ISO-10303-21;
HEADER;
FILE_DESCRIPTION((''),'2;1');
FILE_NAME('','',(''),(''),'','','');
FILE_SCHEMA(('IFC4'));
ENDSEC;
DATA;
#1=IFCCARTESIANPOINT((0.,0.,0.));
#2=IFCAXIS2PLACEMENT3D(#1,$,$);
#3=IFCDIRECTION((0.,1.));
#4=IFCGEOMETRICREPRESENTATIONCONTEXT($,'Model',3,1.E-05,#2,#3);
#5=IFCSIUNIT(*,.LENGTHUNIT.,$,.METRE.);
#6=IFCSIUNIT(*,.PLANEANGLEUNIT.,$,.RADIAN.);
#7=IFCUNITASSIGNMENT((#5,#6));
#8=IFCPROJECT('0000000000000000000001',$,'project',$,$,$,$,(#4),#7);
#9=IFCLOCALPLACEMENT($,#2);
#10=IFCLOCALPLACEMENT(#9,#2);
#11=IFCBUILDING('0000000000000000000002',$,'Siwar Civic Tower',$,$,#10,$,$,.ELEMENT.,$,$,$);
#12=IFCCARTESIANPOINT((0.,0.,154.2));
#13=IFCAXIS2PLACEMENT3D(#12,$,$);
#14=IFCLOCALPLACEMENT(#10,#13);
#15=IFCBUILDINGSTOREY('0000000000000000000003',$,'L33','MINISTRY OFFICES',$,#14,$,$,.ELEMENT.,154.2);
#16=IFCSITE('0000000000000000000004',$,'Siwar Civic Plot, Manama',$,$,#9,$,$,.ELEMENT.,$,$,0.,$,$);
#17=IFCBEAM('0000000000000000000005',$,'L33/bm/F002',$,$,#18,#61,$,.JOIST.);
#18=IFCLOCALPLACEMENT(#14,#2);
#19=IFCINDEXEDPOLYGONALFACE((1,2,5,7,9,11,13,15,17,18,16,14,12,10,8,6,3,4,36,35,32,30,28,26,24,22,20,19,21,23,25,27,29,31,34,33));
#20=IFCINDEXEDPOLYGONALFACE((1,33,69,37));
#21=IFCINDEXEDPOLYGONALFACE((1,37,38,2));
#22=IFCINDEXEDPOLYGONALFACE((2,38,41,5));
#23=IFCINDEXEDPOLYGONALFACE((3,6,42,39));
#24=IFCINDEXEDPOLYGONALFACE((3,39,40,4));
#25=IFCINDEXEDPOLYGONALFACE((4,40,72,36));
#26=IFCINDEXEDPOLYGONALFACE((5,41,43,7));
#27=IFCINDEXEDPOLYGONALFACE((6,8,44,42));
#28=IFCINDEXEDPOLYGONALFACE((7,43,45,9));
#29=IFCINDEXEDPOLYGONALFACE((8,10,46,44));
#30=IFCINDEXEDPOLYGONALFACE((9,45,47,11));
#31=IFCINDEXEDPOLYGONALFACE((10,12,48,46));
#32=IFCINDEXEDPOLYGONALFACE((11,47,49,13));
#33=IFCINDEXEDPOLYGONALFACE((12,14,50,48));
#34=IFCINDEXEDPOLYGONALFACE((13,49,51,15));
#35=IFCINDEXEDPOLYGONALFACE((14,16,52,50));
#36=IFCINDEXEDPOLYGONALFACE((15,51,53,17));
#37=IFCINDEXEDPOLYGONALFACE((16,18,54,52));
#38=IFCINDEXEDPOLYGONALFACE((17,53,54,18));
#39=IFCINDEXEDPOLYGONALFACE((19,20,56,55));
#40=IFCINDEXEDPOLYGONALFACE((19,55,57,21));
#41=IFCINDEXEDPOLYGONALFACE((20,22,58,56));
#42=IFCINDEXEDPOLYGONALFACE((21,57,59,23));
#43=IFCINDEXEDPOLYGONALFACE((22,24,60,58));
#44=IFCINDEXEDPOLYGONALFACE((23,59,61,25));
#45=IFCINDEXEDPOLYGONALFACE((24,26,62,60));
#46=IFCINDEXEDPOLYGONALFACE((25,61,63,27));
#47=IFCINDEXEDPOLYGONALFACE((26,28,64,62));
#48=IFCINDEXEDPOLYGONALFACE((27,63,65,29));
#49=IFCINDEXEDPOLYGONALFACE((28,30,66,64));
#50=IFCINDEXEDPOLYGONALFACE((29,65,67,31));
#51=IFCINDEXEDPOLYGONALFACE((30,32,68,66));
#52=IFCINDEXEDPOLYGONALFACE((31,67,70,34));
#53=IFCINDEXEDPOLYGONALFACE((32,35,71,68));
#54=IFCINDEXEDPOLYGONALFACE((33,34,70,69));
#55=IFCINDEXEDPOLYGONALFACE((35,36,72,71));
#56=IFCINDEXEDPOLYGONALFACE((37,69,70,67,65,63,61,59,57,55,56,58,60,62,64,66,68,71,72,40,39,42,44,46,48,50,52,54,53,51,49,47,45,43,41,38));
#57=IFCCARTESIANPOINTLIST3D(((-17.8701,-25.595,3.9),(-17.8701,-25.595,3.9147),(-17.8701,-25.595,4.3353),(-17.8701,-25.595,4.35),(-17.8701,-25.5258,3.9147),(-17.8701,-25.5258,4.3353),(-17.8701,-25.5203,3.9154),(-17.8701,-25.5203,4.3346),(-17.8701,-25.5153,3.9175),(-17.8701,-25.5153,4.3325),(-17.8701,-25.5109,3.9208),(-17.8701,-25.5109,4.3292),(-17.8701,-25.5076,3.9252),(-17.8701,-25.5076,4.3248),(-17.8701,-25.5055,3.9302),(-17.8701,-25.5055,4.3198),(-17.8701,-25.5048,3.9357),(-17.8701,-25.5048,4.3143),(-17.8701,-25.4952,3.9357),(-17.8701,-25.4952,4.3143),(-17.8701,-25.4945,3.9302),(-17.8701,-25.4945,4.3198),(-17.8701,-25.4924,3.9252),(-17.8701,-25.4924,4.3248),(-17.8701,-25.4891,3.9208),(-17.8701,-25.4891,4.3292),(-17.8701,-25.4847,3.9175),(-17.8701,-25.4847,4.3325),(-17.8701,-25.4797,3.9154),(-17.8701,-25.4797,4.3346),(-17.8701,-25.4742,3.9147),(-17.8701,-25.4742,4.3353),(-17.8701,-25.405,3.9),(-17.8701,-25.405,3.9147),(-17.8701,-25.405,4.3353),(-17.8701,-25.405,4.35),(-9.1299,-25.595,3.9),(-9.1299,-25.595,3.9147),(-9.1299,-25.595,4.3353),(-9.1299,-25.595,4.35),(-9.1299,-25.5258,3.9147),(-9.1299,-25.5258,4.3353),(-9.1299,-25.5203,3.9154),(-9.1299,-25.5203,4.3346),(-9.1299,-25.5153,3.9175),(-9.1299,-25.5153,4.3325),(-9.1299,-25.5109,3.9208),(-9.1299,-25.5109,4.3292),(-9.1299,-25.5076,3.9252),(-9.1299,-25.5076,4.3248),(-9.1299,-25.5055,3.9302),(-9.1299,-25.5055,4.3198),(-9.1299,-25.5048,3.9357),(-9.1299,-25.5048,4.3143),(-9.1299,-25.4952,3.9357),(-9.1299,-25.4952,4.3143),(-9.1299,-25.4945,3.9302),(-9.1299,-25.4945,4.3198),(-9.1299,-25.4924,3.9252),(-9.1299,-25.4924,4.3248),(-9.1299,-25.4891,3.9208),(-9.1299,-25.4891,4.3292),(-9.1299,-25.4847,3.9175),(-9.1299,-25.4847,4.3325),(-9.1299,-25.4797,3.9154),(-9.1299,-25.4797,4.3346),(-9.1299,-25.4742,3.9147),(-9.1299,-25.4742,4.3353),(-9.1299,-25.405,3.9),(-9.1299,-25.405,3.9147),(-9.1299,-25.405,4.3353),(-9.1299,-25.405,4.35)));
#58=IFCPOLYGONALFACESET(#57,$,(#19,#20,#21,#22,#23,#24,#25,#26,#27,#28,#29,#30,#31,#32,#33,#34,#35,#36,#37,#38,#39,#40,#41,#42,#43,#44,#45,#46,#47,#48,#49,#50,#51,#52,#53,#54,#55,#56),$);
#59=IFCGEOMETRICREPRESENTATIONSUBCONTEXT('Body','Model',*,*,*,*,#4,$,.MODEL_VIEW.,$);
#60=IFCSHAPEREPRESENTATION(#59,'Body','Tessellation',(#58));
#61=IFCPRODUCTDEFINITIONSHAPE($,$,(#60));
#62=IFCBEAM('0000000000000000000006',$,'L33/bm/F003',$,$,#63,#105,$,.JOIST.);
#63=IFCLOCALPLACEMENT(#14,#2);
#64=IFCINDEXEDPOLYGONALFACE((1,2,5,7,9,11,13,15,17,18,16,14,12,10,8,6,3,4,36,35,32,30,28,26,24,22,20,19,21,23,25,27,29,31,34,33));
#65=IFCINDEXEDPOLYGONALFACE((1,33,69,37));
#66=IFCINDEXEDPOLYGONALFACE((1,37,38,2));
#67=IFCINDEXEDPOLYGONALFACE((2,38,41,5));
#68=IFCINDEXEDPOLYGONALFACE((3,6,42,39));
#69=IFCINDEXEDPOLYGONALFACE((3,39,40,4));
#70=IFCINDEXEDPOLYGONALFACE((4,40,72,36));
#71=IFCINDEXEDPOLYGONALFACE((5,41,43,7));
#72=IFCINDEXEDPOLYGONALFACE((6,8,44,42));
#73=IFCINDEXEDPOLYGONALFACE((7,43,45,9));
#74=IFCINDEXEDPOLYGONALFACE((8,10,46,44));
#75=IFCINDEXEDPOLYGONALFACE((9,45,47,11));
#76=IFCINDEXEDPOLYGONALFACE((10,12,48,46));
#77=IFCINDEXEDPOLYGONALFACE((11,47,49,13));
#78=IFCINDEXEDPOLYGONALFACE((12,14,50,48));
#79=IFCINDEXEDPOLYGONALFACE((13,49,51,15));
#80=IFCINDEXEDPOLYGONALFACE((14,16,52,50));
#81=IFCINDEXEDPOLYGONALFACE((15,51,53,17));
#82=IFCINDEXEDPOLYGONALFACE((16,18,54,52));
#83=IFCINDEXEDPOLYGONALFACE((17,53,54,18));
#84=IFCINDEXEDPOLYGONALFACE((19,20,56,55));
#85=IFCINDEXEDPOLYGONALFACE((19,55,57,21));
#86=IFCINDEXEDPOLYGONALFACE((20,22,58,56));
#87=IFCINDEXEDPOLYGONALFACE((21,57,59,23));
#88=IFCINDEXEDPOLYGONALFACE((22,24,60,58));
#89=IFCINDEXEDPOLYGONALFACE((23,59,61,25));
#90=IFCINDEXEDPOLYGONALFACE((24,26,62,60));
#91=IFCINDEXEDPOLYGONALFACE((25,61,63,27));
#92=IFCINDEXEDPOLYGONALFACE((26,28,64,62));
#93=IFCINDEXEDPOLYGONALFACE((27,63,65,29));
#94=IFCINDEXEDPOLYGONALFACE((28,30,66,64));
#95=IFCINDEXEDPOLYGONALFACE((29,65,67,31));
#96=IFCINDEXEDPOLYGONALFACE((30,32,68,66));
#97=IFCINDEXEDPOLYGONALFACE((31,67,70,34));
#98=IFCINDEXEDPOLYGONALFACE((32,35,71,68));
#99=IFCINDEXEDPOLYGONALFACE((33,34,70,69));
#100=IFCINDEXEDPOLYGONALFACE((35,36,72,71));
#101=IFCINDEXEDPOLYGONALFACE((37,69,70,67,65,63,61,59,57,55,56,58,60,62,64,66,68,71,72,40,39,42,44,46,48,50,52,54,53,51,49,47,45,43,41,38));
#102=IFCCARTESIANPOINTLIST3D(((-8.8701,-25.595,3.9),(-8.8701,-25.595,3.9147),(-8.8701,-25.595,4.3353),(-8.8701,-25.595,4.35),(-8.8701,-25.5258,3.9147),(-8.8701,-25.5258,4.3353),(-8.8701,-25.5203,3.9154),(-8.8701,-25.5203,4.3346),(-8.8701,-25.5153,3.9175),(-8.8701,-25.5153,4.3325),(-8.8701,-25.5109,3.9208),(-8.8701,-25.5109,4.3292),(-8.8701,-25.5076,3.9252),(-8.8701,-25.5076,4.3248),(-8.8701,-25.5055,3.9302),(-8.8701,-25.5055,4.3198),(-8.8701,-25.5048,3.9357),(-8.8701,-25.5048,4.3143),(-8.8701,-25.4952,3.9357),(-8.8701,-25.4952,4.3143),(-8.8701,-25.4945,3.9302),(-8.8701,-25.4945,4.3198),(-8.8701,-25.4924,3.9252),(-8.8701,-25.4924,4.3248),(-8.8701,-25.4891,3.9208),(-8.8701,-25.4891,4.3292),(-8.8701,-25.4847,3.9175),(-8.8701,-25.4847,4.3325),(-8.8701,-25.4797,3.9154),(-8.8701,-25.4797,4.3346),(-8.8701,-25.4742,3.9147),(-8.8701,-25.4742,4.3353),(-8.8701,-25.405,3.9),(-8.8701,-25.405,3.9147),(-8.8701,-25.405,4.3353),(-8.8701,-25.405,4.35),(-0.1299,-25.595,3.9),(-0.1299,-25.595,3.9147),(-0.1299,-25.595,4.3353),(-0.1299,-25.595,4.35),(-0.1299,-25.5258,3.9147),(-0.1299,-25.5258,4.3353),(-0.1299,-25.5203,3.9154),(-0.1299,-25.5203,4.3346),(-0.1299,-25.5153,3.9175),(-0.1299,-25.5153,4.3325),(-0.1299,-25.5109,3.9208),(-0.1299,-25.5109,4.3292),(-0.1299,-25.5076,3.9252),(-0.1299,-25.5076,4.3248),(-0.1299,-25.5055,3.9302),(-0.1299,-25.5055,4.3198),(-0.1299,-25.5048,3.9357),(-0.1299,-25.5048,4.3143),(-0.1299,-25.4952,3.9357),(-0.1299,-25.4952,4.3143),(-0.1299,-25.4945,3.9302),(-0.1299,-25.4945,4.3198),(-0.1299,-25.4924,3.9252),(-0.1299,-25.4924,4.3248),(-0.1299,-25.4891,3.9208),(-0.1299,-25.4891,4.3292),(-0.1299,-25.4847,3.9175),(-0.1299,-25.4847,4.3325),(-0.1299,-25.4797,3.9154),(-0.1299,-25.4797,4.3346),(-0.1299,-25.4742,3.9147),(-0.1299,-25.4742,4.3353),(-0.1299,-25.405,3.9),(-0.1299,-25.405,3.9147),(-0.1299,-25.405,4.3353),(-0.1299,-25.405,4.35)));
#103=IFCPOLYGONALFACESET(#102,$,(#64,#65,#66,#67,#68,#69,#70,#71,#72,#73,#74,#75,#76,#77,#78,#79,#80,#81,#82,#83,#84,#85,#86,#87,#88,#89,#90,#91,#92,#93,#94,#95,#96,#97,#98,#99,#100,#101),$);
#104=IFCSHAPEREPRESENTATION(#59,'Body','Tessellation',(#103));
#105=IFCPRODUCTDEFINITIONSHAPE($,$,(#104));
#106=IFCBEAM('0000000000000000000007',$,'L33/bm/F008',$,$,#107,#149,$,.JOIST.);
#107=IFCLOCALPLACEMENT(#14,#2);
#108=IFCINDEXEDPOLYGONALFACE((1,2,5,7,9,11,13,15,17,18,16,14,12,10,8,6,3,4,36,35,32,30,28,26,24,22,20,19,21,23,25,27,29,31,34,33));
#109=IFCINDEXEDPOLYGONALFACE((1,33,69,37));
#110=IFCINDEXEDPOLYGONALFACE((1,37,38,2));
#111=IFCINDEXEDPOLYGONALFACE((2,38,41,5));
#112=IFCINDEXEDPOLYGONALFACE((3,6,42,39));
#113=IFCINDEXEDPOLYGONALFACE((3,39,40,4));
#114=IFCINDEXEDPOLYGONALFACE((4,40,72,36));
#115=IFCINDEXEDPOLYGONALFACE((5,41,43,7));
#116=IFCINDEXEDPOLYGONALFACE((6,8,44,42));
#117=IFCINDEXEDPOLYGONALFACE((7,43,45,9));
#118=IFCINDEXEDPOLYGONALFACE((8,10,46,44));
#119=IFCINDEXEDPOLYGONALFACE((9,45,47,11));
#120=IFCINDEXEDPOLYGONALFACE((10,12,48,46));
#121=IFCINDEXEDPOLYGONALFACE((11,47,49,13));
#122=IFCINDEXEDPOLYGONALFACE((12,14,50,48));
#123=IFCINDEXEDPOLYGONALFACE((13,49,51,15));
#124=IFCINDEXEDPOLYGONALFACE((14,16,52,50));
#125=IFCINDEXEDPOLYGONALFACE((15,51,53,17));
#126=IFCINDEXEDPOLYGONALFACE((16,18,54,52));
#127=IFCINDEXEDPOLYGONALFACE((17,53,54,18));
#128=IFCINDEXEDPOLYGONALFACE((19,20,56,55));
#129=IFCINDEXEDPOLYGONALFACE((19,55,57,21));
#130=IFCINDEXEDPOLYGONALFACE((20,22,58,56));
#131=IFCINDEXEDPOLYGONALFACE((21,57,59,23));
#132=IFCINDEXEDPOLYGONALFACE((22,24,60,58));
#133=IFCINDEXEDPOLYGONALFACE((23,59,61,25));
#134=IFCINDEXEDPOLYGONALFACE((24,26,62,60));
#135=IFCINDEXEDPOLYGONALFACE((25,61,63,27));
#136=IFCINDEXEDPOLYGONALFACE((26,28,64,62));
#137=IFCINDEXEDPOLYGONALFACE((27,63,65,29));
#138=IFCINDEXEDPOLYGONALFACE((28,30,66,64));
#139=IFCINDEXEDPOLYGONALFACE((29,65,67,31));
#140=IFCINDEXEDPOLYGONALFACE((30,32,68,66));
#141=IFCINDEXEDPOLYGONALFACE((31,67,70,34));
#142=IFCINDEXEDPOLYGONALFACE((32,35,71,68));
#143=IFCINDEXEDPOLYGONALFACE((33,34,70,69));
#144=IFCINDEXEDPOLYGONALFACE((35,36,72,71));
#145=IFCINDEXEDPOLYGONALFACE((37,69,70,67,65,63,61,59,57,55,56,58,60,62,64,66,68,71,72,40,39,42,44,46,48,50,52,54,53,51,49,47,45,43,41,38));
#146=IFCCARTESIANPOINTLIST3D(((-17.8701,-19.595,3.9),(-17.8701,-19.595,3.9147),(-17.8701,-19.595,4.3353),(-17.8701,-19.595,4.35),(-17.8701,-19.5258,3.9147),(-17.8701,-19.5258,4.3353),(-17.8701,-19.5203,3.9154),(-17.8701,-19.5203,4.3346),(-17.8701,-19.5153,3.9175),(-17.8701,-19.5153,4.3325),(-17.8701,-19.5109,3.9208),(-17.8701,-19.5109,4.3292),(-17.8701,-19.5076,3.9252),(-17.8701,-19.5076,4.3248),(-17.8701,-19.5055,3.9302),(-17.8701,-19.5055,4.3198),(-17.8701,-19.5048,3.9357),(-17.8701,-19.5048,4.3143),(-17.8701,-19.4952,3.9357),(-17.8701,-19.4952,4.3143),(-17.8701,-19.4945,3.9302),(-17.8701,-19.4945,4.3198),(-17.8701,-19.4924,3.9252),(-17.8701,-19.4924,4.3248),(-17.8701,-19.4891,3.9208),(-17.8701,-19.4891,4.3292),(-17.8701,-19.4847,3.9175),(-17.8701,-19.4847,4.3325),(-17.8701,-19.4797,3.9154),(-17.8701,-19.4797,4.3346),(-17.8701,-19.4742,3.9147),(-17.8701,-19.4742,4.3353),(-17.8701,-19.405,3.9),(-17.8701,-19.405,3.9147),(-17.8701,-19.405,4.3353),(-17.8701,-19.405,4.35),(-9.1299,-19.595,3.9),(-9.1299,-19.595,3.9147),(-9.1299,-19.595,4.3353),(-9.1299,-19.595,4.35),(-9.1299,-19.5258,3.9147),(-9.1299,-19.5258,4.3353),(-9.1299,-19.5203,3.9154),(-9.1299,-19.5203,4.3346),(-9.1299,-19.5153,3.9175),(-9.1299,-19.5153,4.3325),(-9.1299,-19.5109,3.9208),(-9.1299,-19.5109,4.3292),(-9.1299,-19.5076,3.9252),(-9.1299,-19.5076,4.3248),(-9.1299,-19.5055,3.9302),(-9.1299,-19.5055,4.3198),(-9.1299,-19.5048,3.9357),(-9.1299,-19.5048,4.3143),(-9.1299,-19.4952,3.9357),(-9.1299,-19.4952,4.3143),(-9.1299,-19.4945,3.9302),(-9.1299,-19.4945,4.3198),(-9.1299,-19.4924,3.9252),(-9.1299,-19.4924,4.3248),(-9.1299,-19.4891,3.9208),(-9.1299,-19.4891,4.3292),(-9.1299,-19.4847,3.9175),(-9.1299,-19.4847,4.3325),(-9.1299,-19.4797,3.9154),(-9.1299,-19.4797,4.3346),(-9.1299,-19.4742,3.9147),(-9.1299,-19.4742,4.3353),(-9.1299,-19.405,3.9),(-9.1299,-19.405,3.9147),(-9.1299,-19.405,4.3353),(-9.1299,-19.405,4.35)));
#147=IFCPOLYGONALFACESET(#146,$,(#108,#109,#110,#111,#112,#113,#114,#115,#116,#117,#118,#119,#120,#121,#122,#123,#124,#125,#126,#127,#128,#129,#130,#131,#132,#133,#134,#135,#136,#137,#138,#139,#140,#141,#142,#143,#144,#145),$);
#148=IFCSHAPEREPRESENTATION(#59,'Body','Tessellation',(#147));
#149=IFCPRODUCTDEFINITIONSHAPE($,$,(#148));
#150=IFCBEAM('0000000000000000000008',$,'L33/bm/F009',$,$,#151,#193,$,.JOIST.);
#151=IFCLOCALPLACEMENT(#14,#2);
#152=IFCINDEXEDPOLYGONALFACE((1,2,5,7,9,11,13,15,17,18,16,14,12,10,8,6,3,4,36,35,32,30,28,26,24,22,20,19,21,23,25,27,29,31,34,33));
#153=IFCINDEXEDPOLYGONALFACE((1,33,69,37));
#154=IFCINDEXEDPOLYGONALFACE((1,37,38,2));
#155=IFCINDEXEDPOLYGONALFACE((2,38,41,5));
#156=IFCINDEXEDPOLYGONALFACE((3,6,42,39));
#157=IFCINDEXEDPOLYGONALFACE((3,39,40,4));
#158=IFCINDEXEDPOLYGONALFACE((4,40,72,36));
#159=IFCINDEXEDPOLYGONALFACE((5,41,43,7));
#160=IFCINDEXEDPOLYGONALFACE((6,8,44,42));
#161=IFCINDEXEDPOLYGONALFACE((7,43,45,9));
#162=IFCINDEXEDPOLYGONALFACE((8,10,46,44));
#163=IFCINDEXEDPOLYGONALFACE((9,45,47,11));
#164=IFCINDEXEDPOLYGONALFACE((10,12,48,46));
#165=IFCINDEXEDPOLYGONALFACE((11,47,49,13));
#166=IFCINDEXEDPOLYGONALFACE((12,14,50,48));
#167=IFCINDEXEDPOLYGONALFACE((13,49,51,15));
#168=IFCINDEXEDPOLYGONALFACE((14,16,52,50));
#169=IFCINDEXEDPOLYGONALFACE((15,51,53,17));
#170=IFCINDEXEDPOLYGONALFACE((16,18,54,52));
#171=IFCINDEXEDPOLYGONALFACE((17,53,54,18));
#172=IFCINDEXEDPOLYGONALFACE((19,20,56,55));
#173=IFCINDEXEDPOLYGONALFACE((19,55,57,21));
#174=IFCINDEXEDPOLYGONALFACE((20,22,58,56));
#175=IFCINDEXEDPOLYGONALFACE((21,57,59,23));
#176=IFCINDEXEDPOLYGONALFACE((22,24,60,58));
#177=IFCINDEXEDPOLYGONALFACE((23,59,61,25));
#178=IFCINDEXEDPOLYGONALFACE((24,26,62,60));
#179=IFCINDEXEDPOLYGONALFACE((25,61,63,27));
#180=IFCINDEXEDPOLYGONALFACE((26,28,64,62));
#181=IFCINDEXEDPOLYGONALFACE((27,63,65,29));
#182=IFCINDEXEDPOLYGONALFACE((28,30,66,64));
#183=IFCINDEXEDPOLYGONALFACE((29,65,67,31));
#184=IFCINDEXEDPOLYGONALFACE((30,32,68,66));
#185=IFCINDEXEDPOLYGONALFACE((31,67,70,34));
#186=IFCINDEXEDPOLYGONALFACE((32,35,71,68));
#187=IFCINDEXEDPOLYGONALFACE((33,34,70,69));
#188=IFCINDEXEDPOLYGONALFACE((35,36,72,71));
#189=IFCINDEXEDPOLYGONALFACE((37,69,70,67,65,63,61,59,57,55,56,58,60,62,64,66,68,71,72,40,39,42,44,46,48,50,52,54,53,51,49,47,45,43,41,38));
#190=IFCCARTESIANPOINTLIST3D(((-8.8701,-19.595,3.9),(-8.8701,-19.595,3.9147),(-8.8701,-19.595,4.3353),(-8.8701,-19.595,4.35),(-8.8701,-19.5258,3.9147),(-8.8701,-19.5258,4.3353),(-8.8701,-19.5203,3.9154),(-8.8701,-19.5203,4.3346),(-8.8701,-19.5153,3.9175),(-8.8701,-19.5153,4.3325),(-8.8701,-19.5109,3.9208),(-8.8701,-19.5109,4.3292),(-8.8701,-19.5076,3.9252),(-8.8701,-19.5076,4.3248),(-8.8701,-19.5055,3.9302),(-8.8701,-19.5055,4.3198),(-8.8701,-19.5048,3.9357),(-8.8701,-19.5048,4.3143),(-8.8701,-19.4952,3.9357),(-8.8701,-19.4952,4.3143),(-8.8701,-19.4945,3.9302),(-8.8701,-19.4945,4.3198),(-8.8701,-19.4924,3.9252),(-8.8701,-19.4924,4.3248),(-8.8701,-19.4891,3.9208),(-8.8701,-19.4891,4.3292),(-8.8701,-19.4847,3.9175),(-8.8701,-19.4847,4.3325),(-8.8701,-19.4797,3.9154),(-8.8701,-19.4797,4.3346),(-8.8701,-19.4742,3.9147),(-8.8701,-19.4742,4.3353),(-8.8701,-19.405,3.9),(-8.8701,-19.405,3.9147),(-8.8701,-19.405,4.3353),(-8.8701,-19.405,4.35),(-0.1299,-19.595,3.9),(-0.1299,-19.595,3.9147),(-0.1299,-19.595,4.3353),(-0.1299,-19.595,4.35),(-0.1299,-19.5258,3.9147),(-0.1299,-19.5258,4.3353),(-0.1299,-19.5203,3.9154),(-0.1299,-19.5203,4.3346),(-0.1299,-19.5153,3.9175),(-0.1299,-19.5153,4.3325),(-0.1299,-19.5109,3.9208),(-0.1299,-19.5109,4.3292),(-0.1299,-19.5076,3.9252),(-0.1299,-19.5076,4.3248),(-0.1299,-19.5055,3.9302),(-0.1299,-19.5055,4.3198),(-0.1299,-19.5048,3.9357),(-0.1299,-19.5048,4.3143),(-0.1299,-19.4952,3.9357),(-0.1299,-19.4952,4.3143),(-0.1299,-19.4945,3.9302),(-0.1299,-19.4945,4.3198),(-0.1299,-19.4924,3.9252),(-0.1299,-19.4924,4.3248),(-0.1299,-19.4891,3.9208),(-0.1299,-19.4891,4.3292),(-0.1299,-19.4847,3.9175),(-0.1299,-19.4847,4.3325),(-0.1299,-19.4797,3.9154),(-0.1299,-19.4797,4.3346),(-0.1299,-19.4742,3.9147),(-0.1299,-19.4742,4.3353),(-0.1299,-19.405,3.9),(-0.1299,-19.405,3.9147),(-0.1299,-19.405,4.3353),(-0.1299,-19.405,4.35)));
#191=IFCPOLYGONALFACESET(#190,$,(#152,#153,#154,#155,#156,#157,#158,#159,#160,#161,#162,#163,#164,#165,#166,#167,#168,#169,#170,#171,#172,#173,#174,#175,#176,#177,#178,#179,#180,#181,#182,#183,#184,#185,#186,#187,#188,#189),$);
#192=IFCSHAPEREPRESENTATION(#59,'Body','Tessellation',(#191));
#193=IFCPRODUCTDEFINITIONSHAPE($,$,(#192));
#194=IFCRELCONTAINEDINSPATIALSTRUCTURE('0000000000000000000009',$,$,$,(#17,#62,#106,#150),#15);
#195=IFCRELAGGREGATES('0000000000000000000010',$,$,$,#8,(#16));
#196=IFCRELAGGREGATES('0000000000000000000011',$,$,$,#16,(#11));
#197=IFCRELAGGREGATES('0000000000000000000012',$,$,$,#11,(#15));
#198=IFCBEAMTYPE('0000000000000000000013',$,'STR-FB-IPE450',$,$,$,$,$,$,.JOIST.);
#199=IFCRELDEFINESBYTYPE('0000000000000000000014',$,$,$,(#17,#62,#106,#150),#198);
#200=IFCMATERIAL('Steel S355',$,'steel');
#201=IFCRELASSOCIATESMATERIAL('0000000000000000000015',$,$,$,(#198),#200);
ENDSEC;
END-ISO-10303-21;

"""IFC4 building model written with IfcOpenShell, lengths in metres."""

from ifc_helpers import new_model, si_unit, direction, frame, origin, origin_2d, place, context, subcontext, project, spatial, i_section, extrude, material, material_profile, profile_set, type_object, element, save


model = new_model("IFC4")

# Units and contexts
model_context = context("Model", 3, precision=1e-05, world=origin(), true_north=direction((0.0, 1.0)))
body_context = subcontext(model_context, "Body", "Model", "MODEL_VIEW")
ifc_project = project(units=[si_unit("LENGTHUNIT", "METRE"), si_unit("PLANEANGLEUNIT", "RADIAN")], contexts=[model_context])

# Site, building, storey
site_placement = place(None, origin())
site = spatial("IfcSite", under=ifc_project, at=site_placement, Name="Siwar Civic Plot, Manama", CompositionType="ELEMENT", RefElevation=0.0)
building_placement = place(site_placement, origin())
building = spatial("IfcBuilding", under=site, at=building_placement, Name="Siwar Civic Tower", CompositionType="ELEMENT")
storey_placement = place(building_placement, frame((0.0, 0.0, 154.2)))
storey = spatial("IfcBuildingStorey", under=building, at=storey_placement, Name="L33", Description="MINISTRY OFFICES", CompositionType="ELEMENT", Elevation=154.2)

# Beams
ifc_material_1 = material(Name="Steel S355", Category="steel")
ifc_material_profile_1 = material_profile(ifc_material_1, i_section(OverallWidth=0.1899, OverallDepth=0.45, WebThickness=0.0095, FlangeThickness=0.0146, FilletRadius=0.021, at=origin_2d()), Name="IPE450")
ifc_profile_set_1 = profile_set([ifc_material_profile_1], Name="Steel S355")
beam_type_1 = type_object("IfcBeamType", Name="STR-FB-IPE450", PredefinedType="JOIST", material=ifc_profile_set_1)
for number, where, z_axis, x_axis, name in (
    (1, (-17.8701, -25.5, 4.125), (1.0, 0.0, 0.0), (0.0, 1.0, 0.0), "L33/bm/F002"),
    (2, (-8.8701, -25.5, 4.125), (1.0, 0.0, 0.0), (0.0, 1.0, 0.0), "L33/bm/F003"),
    (3, (-17.8701, -19.5, 4.125), (1.0, 0.0, 0.0), (0.0, 1.0, 0.0), "L33/bm/F008"),
    (4, (-8.8701, -19.5, 4.125), (1.0, 0.0, 0.0), (0.0, 1.0, 0.0), "L33/bm/F009"),
):
    element("IfcBeam", number, at=place(storey_placement, frame(where, z_axis=z_axis, x_axis=x_axis)), inside=storey, type_object=beam_type_1, Name=name, PredefinedType="JOIST", context=body_context, shape_type="SweptSolid", body=[
        extrude(i_section(OverallWidth=0.1899, OverallDepth=0.45, WebThickness=0.0095, FlangeThickness=0.0146, FilletRadius=0.021, at=origin_2d()), origin(), (0.0, 0.0, 1.0), 8.7402),
    ])

save(model, "model.ifc")
